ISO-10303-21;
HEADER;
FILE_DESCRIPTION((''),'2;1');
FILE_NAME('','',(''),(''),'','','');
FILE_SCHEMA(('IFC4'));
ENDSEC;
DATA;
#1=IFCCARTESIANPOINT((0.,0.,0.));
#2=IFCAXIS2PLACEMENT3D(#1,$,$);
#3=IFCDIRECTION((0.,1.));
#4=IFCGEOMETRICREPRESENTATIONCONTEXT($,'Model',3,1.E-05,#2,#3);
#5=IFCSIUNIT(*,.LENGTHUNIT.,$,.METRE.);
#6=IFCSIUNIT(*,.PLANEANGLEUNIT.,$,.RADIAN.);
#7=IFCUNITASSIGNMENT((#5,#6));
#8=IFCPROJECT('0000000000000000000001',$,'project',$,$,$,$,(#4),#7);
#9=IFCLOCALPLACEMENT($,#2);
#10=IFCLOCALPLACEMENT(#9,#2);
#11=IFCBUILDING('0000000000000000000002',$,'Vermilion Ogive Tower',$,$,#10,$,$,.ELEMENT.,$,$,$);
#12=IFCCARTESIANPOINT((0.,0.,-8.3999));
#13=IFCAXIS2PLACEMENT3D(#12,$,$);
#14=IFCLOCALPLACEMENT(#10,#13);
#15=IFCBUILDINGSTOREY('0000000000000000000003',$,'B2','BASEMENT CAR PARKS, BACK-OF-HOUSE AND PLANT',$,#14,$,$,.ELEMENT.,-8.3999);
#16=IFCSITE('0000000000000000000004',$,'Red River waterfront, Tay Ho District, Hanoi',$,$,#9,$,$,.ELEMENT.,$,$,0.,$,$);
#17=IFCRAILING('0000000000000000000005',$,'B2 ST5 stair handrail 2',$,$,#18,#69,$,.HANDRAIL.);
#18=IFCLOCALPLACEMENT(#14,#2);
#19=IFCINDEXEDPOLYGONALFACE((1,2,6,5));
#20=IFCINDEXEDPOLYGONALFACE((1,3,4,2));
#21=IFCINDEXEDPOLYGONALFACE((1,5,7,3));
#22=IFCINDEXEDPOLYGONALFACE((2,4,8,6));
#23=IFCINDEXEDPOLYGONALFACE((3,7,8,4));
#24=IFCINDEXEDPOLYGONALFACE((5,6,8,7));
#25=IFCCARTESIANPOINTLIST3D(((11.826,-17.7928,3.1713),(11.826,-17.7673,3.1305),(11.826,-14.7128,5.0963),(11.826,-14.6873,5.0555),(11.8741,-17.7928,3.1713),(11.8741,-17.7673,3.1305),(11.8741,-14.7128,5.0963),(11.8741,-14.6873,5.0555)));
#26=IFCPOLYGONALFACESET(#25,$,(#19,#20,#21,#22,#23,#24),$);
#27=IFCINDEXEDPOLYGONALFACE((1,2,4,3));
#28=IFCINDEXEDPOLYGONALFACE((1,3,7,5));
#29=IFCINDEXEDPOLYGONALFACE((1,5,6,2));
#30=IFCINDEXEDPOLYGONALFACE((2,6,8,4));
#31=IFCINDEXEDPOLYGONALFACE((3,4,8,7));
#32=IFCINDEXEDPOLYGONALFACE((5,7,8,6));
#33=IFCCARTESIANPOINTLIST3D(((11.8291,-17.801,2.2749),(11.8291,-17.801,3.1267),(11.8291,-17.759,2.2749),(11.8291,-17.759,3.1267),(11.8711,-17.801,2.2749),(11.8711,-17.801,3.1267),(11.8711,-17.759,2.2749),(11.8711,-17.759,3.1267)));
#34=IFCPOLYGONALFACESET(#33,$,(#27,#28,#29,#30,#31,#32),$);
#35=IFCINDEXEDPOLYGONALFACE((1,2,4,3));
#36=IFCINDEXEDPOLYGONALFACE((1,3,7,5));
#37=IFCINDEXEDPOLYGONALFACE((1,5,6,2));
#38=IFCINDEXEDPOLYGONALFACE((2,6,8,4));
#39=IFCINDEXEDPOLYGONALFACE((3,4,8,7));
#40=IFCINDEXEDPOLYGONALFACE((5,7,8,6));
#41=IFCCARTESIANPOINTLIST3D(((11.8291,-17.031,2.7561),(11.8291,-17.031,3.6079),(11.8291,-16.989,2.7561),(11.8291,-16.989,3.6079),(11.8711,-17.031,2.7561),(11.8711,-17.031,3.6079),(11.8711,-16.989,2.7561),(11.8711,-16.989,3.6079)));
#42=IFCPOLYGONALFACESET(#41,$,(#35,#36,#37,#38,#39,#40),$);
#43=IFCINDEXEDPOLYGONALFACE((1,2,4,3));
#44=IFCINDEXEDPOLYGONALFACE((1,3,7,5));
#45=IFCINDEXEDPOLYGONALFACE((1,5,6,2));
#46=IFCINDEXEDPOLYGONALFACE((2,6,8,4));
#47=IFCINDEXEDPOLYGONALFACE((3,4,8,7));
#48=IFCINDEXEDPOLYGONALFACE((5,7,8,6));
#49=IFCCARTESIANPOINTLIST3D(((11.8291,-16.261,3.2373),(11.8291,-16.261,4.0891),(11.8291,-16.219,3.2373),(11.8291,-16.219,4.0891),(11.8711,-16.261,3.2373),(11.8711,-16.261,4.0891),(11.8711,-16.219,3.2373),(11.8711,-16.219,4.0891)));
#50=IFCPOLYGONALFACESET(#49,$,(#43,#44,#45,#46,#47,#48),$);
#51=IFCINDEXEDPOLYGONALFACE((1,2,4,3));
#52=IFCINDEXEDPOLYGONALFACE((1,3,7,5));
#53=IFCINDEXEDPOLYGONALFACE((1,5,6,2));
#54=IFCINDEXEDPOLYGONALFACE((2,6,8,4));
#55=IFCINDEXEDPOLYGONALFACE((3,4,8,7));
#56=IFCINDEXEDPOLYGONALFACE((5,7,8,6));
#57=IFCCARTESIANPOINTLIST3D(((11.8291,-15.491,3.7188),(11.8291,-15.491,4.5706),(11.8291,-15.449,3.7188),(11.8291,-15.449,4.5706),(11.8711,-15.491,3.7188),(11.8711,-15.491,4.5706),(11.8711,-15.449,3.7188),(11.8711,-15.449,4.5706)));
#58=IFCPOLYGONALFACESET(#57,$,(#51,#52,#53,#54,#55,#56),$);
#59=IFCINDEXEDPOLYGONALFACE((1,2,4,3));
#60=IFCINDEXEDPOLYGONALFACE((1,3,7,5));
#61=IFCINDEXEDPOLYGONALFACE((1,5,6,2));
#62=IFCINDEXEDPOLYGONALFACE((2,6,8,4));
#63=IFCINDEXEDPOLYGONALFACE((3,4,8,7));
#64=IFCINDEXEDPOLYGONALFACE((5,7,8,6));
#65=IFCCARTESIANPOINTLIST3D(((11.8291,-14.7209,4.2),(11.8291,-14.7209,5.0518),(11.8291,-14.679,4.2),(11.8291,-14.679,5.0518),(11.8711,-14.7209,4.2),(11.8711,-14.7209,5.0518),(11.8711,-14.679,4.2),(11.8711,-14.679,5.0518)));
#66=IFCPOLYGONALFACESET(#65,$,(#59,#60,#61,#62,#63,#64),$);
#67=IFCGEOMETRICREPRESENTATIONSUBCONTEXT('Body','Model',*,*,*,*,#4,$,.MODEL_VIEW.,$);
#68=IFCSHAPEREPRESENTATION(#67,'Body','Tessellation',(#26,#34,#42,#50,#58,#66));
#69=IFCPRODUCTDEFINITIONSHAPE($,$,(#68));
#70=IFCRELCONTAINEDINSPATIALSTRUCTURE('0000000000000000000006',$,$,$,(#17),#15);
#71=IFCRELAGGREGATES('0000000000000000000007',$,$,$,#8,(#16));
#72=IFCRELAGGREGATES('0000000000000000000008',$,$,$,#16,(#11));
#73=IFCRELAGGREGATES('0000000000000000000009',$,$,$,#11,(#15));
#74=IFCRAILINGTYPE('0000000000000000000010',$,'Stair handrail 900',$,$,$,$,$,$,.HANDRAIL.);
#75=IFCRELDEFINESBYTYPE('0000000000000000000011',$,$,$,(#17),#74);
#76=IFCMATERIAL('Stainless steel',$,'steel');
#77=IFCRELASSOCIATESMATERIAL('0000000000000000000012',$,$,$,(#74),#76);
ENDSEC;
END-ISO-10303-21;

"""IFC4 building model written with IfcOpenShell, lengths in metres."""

from ifc_helpers import new_model, si_unit, direction, frame, origin, origin_2d, place, context, subcontext, project, spatial, rectangle, extrude, material, type_object, element, save


model = new_model("IFC4")

# Units and contexts
model_context = context("Model", 3, precision=1e-05, world=origin(), true_north=direction((0.0, 1.0)))
body_context = subcontext(model_context, "Body", "Model", "MODEL_VIEW")
ifc_project = project(units=[si_unit("LENGTHUNIT", "METRE"), si_unit("PLANEANGLEUNIT", "RADIAN")], contexts=[model_context])

# Site, building, storey
site_placement = place(None, origin())
site = spatial("IfcSite", under=ifc_project, at=site_placement, Name="Red River waterfront, Tay Ho District, Hanoi", CompositionType="ELEMENT", RefElevation=0.0)
building_placement = place(site_placement, origin())
building = spatial("IfcBuilding", under=site, at=building_placement, Name="Vermilion Ogive Tower", CompositionType="ELEMENT")
storey_placement = place(building_placement, frame((0.0, 0.0, -8.3999)))
storey = spatial("IfcBuildingStorey", under=building, at=storey_placement, Name="B2", Description="BASEMENT CAR PARKS, BACK-OF-HOUSE AND PLANT", CompositionType="ELEMENT", Elevation=-8.3999)

# Railing
ifc_material_1 = material(Name="Stainless steel", Category="steel")
railing_type_1 = type_object("IfcRailingType", Name="Stair handrail 900", PredefinedType="HANDRAIL", material=ifc_material_1)
railing_1_placement = place(storey_placement, frame((11.8501, -17.78, 2.2749)))
element("IfcRailing", 1, at=railing_1_placement, inside=storey, type_object=railing_type_1, Name="B2 ST5 stair handrail 2", PredefinedType="HANDRAIL", context=body_context, shape_type="SweptSolid", body=[
    extrude(rectangle(XDim=0.0481, YDim=0.0481, at=origin_2d()), frame((0.0, 0.0, 0.876), z_axis=(0.0, 0.847998, 0.529999), x_axis=(-1.0, 0.0, 0.0)), (0.0, 0.0, 1.0), 3.6321),
    extrude(rectangle(XDim=0.042, YDim=0.042, at=origin_2d()), origin(), (0.0, 0.0, 1.0), 0.8518),
    extrude(rectangle(XDim=0.042, YDim=0.042, at=origin_2d()), frame((0.0, 0.77, 0.4812)), (0.0, 0.0, 1.0), 0.8518),
    extrude(rectangle(XDim=0.042, YDim=0.042, at=origin_2d()), frame((0.0, 1.54, 0.9624)), (0.0, 0.0, 1.0), 0.8518),
    extrude(rectangle(XDim=0.042, YDim=0.042, at=origin_2d()), frame((0.0, 2.3101, 1.4438)), (0.0, 0.0, 1.0), 0.8518),
    extrude(rectangle(XDim=0.042, YDim=0.042, at=origin_2d()), frame((0.0, 3.0801, 1.925)), (0.0, 0.0, 1.0), 0.8518),
])

save(model, "model.ifc")
